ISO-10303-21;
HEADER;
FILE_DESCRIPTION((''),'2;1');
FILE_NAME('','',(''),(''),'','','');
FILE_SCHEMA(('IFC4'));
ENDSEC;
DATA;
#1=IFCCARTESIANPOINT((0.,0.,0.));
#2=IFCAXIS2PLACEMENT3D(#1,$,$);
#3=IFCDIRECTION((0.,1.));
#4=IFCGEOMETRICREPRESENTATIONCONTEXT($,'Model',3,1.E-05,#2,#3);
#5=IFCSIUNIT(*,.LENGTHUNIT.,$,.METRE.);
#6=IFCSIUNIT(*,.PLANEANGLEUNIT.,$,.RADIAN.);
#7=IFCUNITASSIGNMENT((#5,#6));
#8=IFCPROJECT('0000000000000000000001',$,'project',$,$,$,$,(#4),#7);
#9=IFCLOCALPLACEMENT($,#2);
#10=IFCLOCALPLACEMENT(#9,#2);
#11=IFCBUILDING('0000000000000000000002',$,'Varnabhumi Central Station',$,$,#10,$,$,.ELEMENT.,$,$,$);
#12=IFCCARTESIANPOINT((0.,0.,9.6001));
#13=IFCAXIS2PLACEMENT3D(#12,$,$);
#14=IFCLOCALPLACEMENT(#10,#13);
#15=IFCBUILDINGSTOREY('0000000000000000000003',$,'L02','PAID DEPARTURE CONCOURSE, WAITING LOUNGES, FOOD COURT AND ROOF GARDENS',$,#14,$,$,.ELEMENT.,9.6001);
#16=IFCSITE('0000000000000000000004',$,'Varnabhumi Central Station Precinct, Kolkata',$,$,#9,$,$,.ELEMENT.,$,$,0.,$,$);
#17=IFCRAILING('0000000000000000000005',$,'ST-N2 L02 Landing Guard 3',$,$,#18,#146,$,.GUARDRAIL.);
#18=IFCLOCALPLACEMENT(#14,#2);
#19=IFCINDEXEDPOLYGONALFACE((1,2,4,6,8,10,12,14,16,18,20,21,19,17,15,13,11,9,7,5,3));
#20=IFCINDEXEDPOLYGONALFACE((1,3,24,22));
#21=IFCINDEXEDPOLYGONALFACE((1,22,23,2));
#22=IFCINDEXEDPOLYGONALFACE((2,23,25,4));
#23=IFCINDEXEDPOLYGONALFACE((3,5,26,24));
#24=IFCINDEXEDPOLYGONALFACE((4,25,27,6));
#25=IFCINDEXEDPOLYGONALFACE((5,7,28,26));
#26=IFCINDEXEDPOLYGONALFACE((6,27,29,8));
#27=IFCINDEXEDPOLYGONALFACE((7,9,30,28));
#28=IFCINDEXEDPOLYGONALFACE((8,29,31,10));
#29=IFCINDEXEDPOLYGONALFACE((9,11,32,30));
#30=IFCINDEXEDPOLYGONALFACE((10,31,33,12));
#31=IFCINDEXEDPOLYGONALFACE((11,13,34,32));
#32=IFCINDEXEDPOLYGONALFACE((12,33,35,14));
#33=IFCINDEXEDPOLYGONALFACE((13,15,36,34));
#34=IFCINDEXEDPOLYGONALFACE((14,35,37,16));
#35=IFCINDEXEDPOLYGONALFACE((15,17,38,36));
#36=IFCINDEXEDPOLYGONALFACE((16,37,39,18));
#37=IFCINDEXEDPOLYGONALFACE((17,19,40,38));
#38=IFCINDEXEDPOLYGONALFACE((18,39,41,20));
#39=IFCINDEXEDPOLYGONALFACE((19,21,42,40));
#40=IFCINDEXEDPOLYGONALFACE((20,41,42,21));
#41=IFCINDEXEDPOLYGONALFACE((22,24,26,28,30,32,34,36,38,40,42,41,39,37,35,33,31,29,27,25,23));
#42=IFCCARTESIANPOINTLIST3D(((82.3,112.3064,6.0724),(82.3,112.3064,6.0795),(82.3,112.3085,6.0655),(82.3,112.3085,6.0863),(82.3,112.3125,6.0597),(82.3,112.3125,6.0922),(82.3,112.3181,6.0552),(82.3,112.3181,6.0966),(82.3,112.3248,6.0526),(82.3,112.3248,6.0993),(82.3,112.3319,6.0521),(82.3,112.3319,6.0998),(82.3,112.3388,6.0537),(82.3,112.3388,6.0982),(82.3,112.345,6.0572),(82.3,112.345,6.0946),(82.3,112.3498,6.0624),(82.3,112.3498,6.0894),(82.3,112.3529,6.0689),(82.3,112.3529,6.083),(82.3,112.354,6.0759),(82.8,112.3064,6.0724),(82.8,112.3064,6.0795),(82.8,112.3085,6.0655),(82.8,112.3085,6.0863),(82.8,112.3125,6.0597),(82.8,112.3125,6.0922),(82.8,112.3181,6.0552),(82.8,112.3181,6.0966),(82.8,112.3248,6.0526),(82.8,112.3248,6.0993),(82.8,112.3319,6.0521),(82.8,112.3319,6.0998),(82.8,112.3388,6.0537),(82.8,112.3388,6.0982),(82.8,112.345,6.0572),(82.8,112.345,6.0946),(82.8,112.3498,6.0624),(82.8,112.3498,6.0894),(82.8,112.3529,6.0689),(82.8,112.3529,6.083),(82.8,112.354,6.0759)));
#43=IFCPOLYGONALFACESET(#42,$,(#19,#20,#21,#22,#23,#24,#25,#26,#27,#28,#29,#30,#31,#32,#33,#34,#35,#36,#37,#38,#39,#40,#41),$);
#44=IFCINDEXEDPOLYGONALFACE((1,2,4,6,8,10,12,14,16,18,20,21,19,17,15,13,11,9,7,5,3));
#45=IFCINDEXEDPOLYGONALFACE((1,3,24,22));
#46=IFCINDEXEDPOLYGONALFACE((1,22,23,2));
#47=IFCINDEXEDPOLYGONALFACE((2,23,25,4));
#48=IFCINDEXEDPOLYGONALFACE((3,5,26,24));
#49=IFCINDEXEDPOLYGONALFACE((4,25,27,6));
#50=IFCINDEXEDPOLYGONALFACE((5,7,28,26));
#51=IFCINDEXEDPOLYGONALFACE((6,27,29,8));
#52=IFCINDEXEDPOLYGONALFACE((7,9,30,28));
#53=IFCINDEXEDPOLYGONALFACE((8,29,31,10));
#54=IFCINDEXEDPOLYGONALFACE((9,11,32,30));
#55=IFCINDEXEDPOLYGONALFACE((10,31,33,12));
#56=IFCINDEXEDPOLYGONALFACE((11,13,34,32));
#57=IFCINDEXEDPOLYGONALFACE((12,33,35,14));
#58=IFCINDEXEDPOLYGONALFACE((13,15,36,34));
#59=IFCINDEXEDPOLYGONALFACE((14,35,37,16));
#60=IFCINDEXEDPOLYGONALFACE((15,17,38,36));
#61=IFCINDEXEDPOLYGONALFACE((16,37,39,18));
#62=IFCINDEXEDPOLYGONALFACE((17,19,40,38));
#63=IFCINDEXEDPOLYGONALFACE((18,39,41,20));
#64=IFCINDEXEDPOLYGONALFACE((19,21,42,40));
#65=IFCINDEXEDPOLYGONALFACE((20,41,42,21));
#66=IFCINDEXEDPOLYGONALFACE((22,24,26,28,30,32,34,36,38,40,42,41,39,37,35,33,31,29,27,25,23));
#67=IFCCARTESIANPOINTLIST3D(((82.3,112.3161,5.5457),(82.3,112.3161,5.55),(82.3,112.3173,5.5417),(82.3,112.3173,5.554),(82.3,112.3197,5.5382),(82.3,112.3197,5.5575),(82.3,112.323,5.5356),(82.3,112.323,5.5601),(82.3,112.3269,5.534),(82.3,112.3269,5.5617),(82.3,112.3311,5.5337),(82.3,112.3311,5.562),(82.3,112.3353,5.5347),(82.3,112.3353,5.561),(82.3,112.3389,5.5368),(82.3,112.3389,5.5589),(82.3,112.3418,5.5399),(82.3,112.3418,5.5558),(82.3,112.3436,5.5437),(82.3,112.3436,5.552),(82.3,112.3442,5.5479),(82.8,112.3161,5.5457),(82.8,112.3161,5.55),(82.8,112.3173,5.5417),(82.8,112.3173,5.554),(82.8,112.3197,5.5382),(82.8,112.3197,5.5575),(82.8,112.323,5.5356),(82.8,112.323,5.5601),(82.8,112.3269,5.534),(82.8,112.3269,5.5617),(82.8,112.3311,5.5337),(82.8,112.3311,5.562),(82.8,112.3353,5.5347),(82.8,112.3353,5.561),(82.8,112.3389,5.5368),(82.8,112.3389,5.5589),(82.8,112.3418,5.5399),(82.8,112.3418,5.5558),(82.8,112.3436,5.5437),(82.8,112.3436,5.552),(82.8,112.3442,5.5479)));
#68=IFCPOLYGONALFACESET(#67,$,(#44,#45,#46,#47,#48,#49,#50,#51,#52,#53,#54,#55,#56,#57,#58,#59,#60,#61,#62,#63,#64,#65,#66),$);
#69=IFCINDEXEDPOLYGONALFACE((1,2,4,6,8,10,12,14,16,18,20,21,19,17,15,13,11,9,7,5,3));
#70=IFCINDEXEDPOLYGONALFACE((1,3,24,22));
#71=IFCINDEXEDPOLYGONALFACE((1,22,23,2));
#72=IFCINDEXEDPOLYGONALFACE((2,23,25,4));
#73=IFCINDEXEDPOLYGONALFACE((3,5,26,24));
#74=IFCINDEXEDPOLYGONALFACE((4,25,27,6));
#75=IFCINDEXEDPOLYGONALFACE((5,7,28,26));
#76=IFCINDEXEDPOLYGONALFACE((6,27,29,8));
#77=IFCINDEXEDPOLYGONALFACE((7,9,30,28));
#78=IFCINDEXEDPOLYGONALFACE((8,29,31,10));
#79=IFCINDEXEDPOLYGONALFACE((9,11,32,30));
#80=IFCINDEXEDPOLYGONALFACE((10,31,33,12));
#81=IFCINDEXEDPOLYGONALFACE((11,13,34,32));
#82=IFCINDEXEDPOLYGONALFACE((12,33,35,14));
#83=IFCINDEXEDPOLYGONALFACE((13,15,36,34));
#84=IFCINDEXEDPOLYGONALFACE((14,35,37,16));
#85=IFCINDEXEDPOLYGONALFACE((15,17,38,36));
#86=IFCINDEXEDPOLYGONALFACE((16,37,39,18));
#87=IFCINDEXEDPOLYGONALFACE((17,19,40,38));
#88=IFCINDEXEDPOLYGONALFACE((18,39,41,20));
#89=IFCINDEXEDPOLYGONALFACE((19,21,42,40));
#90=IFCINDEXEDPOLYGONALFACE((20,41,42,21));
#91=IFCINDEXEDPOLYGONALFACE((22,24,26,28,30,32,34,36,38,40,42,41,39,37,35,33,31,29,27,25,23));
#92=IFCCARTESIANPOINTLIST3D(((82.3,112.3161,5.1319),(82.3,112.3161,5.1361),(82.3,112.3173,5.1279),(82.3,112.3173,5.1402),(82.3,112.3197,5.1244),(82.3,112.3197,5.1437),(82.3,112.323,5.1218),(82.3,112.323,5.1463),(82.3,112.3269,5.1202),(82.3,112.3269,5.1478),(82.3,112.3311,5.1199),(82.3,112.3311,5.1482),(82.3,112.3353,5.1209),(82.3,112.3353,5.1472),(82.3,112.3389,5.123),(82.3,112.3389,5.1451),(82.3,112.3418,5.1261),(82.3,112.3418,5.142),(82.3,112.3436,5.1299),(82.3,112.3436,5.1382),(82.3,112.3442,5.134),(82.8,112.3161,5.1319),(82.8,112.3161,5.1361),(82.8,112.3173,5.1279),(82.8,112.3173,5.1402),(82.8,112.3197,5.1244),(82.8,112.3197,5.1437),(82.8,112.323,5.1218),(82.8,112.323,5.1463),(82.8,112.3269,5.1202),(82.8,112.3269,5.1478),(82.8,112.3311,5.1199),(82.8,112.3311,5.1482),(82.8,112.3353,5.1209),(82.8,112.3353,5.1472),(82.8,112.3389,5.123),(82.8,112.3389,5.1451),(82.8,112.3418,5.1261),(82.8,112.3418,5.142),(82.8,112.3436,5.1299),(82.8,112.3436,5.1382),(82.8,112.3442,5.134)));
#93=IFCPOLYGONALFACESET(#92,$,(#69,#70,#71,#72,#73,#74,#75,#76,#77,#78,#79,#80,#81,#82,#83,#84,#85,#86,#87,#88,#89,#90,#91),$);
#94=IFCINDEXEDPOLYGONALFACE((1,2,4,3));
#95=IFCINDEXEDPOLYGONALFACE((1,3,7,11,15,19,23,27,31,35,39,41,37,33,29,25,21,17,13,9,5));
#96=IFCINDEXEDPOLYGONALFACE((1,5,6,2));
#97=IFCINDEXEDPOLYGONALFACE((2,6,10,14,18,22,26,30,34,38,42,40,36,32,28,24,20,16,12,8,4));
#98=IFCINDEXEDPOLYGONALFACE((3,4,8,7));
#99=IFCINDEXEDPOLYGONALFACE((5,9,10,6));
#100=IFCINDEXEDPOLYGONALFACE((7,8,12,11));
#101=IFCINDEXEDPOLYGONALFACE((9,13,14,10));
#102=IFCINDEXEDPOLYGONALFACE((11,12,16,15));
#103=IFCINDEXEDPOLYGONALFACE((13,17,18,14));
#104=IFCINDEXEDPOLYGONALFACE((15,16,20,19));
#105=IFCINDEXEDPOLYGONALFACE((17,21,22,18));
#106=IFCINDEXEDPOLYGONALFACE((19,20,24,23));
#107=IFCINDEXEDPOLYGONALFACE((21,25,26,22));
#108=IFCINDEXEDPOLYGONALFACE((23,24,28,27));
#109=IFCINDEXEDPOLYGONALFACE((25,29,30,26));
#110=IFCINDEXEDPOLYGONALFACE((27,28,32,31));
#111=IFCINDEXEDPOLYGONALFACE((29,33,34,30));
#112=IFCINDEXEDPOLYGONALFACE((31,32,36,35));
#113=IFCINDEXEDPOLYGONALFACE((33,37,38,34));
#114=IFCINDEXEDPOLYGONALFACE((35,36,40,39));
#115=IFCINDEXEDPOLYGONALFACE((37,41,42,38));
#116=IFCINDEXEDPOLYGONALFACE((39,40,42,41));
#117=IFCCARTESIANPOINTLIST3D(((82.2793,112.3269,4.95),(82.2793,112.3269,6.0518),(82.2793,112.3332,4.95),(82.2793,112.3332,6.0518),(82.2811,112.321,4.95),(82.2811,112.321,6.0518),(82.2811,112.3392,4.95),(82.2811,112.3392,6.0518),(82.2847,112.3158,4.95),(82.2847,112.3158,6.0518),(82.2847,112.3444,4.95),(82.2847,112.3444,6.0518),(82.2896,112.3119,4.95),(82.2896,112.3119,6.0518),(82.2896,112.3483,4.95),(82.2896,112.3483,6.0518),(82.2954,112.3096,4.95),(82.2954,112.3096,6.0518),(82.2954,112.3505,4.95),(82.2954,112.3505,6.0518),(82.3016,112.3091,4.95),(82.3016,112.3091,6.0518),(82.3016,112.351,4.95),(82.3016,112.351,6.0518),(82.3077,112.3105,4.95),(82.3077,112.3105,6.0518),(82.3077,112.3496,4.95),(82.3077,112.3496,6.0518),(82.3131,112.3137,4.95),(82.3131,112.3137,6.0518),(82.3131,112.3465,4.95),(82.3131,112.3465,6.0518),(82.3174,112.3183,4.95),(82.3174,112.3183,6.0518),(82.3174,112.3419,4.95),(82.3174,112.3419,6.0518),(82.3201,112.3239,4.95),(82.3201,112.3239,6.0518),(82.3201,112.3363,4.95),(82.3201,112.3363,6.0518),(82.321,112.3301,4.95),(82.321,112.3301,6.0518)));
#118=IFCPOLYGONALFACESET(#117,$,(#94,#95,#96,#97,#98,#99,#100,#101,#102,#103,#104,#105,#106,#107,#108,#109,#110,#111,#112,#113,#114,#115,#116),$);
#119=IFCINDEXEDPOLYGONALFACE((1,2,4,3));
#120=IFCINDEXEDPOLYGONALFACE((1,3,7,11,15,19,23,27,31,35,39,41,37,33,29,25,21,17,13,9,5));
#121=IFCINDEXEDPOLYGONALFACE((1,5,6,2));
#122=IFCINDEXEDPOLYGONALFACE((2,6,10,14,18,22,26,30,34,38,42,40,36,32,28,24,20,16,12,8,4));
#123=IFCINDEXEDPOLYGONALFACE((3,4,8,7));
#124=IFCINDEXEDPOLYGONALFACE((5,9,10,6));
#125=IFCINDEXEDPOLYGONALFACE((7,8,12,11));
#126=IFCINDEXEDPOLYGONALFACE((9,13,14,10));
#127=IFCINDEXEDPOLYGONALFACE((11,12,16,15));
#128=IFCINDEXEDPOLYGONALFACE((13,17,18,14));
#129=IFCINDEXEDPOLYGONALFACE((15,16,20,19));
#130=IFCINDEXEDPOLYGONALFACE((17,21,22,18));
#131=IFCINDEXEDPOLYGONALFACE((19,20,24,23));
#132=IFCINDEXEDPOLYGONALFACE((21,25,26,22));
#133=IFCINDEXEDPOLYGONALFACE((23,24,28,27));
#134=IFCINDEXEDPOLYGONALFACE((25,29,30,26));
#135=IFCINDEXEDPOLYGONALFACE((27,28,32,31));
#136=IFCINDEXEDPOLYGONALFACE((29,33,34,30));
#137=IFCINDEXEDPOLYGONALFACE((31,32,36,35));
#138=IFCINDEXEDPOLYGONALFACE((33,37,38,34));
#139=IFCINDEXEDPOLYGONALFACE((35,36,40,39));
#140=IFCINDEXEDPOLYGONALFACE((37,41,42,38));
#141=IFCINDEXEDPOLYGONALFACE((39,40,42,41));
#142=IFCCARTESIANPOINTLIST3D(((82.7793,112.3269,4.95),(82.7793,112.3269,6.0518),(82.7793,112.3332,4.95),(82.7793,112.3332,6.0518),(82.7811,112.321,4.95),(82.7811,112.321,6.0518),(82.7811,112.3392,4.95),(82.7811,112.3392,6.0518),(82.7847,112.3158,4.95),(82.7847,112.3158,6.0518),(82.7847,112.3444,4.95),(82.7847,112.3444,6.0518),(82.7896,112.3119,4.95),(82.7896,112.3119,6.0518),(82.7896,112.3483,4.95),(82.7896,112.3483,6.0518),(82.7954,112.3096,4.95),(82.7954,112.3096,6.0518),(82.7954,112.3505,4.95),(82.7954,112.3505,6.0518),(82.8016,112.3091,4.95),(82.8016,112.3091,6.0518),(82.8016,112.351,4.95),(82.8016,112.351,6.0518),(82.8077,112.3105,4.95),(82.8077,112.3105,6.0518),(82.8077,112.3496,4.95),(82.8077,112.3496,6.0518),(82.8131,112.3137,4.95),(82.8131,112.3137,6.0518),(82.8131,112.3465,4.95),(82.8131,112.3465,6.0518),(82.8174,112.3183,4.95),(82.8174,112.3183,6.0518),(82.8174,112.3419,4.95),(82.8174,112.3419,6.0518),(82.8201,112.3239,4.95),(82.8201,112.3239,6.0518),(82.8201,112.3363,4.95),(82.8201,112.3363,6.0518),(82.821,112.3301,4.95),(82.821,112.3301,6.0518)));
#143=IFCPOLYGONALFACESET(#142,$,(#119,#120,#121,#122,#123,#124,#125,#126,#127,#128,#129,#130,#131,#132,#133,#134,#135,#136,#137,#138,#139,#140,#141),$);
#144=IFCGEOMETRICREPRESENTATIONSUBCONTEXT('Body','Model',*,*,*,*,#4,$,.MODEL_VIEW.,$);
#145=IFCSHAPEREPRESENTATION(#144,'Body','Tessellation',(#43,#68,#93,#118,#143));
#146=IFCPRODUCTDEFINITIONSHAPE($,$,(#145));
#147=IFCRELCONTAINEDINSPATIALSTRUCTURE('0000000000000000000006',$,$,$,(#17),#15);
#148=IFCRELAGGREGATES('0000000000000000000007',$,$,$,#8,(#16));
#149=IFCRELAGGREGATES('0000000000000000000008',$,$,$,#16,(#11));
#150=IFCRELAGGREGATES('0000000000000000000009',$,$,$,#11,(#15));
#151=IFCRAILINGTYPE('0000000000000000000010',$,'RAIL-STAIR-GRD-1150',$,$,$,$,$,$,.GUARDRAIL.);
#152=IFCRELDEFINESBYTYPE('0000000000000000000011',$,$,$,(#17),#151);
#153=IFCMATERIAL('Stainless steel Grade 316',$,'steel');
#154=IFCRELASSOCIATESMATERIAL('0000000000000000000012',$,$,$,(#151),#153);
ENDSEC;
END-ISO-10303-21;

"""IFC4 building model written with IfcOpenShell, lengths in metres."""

from ifc_helpers import new_model, si_unit, direction, frame, origin, origin_2d, place, context, subcontext, project, spatial, circle, extrude, material, type_object, element, save


model = new_model("IFC4")

# Units and contexts
model_context = context("Model", 3, precision=1e-05, world=origin(), true_north=direction((0.0, 1.0)))
body_context = subcontext(model_context, "Body", "Model", "MODEL_VIEW")
ifc_project = project(units=[si_unit("LENGTHUNIT", "METRE"), si_unit("PLANEANGLEUNIT", "RADIAN")], contexts=[model_context])

# Site, building, storey
site_placement = place(None, origin())
site = spatial("IfcSite", under=ifc_project, at=site_placement, Name="Varnabhumi Central Station Precinct, Kolkata", CompositionType="ELEMENT", RefElevation=0.0)
building_placement = place(site_placement, origin())
building = spatial("IfcBuilding", under=site, at=building_placement, Name="Varnabhumi Central Station", CompositionType="ELEMENT")
storey_placement = place(building_placement, frame((0.0, 0.0, 9.6001)))
storey = spatial("IfcBuildingStorey", under=building, at=storey_placement, Name="L02", Description="PAID DEPARTURE CONCOURSE, WAITING LOUNGES, FOOD COURT AND ROOF GARDENS", CompositionType="ELEMENT", Elevation=9.6001)

# Shared definitions
ifc_material_1 = material(Name="Stainless steel Grade 316", Category="steel")

# Railing
railing_type_1 = type_object("IfcRailingType", Name="RAIL-STAIR-GRD-1150", PredefinedType="GUARDRAIL", material=ifc_material_1)
for number, where, name in (
    (1, (82.3, 112.3301, 4.95), "ST-N2 L02 Landing Guard 3"),
):
    element("IfcRailing", number, at=place(storey_placement, frame(where)), inside=storey, type_object=railing_type_1, Name=name, PredefinedType="GUARDRAIL", context=body_context, shape_type="SweptSolid", body=[
        extrude(circle(Radius=0.0239, at=origin_2d()), frame((0.0, 0.0, 1.126), z_axis=(1.0, 0.0, 0.0), x_axis=(0.0, 1.0, 0.0)), (0.0, 0.0, 1.0), 0.5),
        extrude(circle(Radius=0.0142, at=origin_2d()), frame((0.0, 0.0, 0.5979), z_axis=(1.0, 0.0, 0.0), x_axis=(0.0, 1.0, 0.0)), (0.0, 0.0, 1.0), 0.5),
        extrude(circle(Radius=0.0142, at=origin_2d()), frame((0.0, 0.0, 0.1841), z_axis=(1.0, 0.0, 0.0), x_axis=(0.0, 1.0, 0.0)), (0.0, 0.0, 1.0), 0.5),
        extrude(circle(Radius=0.021, at=origin_2d()), origin(), (0.0, 0.0, 1.0), 1.1018),
        extrude(circle(Radius=0.021, at=origin_2d()), frame((0.5, 0.0, 0.0)), (0.0, 0.0, 1.0), 1.1018),
    ])

save(model, "model.ifc")
